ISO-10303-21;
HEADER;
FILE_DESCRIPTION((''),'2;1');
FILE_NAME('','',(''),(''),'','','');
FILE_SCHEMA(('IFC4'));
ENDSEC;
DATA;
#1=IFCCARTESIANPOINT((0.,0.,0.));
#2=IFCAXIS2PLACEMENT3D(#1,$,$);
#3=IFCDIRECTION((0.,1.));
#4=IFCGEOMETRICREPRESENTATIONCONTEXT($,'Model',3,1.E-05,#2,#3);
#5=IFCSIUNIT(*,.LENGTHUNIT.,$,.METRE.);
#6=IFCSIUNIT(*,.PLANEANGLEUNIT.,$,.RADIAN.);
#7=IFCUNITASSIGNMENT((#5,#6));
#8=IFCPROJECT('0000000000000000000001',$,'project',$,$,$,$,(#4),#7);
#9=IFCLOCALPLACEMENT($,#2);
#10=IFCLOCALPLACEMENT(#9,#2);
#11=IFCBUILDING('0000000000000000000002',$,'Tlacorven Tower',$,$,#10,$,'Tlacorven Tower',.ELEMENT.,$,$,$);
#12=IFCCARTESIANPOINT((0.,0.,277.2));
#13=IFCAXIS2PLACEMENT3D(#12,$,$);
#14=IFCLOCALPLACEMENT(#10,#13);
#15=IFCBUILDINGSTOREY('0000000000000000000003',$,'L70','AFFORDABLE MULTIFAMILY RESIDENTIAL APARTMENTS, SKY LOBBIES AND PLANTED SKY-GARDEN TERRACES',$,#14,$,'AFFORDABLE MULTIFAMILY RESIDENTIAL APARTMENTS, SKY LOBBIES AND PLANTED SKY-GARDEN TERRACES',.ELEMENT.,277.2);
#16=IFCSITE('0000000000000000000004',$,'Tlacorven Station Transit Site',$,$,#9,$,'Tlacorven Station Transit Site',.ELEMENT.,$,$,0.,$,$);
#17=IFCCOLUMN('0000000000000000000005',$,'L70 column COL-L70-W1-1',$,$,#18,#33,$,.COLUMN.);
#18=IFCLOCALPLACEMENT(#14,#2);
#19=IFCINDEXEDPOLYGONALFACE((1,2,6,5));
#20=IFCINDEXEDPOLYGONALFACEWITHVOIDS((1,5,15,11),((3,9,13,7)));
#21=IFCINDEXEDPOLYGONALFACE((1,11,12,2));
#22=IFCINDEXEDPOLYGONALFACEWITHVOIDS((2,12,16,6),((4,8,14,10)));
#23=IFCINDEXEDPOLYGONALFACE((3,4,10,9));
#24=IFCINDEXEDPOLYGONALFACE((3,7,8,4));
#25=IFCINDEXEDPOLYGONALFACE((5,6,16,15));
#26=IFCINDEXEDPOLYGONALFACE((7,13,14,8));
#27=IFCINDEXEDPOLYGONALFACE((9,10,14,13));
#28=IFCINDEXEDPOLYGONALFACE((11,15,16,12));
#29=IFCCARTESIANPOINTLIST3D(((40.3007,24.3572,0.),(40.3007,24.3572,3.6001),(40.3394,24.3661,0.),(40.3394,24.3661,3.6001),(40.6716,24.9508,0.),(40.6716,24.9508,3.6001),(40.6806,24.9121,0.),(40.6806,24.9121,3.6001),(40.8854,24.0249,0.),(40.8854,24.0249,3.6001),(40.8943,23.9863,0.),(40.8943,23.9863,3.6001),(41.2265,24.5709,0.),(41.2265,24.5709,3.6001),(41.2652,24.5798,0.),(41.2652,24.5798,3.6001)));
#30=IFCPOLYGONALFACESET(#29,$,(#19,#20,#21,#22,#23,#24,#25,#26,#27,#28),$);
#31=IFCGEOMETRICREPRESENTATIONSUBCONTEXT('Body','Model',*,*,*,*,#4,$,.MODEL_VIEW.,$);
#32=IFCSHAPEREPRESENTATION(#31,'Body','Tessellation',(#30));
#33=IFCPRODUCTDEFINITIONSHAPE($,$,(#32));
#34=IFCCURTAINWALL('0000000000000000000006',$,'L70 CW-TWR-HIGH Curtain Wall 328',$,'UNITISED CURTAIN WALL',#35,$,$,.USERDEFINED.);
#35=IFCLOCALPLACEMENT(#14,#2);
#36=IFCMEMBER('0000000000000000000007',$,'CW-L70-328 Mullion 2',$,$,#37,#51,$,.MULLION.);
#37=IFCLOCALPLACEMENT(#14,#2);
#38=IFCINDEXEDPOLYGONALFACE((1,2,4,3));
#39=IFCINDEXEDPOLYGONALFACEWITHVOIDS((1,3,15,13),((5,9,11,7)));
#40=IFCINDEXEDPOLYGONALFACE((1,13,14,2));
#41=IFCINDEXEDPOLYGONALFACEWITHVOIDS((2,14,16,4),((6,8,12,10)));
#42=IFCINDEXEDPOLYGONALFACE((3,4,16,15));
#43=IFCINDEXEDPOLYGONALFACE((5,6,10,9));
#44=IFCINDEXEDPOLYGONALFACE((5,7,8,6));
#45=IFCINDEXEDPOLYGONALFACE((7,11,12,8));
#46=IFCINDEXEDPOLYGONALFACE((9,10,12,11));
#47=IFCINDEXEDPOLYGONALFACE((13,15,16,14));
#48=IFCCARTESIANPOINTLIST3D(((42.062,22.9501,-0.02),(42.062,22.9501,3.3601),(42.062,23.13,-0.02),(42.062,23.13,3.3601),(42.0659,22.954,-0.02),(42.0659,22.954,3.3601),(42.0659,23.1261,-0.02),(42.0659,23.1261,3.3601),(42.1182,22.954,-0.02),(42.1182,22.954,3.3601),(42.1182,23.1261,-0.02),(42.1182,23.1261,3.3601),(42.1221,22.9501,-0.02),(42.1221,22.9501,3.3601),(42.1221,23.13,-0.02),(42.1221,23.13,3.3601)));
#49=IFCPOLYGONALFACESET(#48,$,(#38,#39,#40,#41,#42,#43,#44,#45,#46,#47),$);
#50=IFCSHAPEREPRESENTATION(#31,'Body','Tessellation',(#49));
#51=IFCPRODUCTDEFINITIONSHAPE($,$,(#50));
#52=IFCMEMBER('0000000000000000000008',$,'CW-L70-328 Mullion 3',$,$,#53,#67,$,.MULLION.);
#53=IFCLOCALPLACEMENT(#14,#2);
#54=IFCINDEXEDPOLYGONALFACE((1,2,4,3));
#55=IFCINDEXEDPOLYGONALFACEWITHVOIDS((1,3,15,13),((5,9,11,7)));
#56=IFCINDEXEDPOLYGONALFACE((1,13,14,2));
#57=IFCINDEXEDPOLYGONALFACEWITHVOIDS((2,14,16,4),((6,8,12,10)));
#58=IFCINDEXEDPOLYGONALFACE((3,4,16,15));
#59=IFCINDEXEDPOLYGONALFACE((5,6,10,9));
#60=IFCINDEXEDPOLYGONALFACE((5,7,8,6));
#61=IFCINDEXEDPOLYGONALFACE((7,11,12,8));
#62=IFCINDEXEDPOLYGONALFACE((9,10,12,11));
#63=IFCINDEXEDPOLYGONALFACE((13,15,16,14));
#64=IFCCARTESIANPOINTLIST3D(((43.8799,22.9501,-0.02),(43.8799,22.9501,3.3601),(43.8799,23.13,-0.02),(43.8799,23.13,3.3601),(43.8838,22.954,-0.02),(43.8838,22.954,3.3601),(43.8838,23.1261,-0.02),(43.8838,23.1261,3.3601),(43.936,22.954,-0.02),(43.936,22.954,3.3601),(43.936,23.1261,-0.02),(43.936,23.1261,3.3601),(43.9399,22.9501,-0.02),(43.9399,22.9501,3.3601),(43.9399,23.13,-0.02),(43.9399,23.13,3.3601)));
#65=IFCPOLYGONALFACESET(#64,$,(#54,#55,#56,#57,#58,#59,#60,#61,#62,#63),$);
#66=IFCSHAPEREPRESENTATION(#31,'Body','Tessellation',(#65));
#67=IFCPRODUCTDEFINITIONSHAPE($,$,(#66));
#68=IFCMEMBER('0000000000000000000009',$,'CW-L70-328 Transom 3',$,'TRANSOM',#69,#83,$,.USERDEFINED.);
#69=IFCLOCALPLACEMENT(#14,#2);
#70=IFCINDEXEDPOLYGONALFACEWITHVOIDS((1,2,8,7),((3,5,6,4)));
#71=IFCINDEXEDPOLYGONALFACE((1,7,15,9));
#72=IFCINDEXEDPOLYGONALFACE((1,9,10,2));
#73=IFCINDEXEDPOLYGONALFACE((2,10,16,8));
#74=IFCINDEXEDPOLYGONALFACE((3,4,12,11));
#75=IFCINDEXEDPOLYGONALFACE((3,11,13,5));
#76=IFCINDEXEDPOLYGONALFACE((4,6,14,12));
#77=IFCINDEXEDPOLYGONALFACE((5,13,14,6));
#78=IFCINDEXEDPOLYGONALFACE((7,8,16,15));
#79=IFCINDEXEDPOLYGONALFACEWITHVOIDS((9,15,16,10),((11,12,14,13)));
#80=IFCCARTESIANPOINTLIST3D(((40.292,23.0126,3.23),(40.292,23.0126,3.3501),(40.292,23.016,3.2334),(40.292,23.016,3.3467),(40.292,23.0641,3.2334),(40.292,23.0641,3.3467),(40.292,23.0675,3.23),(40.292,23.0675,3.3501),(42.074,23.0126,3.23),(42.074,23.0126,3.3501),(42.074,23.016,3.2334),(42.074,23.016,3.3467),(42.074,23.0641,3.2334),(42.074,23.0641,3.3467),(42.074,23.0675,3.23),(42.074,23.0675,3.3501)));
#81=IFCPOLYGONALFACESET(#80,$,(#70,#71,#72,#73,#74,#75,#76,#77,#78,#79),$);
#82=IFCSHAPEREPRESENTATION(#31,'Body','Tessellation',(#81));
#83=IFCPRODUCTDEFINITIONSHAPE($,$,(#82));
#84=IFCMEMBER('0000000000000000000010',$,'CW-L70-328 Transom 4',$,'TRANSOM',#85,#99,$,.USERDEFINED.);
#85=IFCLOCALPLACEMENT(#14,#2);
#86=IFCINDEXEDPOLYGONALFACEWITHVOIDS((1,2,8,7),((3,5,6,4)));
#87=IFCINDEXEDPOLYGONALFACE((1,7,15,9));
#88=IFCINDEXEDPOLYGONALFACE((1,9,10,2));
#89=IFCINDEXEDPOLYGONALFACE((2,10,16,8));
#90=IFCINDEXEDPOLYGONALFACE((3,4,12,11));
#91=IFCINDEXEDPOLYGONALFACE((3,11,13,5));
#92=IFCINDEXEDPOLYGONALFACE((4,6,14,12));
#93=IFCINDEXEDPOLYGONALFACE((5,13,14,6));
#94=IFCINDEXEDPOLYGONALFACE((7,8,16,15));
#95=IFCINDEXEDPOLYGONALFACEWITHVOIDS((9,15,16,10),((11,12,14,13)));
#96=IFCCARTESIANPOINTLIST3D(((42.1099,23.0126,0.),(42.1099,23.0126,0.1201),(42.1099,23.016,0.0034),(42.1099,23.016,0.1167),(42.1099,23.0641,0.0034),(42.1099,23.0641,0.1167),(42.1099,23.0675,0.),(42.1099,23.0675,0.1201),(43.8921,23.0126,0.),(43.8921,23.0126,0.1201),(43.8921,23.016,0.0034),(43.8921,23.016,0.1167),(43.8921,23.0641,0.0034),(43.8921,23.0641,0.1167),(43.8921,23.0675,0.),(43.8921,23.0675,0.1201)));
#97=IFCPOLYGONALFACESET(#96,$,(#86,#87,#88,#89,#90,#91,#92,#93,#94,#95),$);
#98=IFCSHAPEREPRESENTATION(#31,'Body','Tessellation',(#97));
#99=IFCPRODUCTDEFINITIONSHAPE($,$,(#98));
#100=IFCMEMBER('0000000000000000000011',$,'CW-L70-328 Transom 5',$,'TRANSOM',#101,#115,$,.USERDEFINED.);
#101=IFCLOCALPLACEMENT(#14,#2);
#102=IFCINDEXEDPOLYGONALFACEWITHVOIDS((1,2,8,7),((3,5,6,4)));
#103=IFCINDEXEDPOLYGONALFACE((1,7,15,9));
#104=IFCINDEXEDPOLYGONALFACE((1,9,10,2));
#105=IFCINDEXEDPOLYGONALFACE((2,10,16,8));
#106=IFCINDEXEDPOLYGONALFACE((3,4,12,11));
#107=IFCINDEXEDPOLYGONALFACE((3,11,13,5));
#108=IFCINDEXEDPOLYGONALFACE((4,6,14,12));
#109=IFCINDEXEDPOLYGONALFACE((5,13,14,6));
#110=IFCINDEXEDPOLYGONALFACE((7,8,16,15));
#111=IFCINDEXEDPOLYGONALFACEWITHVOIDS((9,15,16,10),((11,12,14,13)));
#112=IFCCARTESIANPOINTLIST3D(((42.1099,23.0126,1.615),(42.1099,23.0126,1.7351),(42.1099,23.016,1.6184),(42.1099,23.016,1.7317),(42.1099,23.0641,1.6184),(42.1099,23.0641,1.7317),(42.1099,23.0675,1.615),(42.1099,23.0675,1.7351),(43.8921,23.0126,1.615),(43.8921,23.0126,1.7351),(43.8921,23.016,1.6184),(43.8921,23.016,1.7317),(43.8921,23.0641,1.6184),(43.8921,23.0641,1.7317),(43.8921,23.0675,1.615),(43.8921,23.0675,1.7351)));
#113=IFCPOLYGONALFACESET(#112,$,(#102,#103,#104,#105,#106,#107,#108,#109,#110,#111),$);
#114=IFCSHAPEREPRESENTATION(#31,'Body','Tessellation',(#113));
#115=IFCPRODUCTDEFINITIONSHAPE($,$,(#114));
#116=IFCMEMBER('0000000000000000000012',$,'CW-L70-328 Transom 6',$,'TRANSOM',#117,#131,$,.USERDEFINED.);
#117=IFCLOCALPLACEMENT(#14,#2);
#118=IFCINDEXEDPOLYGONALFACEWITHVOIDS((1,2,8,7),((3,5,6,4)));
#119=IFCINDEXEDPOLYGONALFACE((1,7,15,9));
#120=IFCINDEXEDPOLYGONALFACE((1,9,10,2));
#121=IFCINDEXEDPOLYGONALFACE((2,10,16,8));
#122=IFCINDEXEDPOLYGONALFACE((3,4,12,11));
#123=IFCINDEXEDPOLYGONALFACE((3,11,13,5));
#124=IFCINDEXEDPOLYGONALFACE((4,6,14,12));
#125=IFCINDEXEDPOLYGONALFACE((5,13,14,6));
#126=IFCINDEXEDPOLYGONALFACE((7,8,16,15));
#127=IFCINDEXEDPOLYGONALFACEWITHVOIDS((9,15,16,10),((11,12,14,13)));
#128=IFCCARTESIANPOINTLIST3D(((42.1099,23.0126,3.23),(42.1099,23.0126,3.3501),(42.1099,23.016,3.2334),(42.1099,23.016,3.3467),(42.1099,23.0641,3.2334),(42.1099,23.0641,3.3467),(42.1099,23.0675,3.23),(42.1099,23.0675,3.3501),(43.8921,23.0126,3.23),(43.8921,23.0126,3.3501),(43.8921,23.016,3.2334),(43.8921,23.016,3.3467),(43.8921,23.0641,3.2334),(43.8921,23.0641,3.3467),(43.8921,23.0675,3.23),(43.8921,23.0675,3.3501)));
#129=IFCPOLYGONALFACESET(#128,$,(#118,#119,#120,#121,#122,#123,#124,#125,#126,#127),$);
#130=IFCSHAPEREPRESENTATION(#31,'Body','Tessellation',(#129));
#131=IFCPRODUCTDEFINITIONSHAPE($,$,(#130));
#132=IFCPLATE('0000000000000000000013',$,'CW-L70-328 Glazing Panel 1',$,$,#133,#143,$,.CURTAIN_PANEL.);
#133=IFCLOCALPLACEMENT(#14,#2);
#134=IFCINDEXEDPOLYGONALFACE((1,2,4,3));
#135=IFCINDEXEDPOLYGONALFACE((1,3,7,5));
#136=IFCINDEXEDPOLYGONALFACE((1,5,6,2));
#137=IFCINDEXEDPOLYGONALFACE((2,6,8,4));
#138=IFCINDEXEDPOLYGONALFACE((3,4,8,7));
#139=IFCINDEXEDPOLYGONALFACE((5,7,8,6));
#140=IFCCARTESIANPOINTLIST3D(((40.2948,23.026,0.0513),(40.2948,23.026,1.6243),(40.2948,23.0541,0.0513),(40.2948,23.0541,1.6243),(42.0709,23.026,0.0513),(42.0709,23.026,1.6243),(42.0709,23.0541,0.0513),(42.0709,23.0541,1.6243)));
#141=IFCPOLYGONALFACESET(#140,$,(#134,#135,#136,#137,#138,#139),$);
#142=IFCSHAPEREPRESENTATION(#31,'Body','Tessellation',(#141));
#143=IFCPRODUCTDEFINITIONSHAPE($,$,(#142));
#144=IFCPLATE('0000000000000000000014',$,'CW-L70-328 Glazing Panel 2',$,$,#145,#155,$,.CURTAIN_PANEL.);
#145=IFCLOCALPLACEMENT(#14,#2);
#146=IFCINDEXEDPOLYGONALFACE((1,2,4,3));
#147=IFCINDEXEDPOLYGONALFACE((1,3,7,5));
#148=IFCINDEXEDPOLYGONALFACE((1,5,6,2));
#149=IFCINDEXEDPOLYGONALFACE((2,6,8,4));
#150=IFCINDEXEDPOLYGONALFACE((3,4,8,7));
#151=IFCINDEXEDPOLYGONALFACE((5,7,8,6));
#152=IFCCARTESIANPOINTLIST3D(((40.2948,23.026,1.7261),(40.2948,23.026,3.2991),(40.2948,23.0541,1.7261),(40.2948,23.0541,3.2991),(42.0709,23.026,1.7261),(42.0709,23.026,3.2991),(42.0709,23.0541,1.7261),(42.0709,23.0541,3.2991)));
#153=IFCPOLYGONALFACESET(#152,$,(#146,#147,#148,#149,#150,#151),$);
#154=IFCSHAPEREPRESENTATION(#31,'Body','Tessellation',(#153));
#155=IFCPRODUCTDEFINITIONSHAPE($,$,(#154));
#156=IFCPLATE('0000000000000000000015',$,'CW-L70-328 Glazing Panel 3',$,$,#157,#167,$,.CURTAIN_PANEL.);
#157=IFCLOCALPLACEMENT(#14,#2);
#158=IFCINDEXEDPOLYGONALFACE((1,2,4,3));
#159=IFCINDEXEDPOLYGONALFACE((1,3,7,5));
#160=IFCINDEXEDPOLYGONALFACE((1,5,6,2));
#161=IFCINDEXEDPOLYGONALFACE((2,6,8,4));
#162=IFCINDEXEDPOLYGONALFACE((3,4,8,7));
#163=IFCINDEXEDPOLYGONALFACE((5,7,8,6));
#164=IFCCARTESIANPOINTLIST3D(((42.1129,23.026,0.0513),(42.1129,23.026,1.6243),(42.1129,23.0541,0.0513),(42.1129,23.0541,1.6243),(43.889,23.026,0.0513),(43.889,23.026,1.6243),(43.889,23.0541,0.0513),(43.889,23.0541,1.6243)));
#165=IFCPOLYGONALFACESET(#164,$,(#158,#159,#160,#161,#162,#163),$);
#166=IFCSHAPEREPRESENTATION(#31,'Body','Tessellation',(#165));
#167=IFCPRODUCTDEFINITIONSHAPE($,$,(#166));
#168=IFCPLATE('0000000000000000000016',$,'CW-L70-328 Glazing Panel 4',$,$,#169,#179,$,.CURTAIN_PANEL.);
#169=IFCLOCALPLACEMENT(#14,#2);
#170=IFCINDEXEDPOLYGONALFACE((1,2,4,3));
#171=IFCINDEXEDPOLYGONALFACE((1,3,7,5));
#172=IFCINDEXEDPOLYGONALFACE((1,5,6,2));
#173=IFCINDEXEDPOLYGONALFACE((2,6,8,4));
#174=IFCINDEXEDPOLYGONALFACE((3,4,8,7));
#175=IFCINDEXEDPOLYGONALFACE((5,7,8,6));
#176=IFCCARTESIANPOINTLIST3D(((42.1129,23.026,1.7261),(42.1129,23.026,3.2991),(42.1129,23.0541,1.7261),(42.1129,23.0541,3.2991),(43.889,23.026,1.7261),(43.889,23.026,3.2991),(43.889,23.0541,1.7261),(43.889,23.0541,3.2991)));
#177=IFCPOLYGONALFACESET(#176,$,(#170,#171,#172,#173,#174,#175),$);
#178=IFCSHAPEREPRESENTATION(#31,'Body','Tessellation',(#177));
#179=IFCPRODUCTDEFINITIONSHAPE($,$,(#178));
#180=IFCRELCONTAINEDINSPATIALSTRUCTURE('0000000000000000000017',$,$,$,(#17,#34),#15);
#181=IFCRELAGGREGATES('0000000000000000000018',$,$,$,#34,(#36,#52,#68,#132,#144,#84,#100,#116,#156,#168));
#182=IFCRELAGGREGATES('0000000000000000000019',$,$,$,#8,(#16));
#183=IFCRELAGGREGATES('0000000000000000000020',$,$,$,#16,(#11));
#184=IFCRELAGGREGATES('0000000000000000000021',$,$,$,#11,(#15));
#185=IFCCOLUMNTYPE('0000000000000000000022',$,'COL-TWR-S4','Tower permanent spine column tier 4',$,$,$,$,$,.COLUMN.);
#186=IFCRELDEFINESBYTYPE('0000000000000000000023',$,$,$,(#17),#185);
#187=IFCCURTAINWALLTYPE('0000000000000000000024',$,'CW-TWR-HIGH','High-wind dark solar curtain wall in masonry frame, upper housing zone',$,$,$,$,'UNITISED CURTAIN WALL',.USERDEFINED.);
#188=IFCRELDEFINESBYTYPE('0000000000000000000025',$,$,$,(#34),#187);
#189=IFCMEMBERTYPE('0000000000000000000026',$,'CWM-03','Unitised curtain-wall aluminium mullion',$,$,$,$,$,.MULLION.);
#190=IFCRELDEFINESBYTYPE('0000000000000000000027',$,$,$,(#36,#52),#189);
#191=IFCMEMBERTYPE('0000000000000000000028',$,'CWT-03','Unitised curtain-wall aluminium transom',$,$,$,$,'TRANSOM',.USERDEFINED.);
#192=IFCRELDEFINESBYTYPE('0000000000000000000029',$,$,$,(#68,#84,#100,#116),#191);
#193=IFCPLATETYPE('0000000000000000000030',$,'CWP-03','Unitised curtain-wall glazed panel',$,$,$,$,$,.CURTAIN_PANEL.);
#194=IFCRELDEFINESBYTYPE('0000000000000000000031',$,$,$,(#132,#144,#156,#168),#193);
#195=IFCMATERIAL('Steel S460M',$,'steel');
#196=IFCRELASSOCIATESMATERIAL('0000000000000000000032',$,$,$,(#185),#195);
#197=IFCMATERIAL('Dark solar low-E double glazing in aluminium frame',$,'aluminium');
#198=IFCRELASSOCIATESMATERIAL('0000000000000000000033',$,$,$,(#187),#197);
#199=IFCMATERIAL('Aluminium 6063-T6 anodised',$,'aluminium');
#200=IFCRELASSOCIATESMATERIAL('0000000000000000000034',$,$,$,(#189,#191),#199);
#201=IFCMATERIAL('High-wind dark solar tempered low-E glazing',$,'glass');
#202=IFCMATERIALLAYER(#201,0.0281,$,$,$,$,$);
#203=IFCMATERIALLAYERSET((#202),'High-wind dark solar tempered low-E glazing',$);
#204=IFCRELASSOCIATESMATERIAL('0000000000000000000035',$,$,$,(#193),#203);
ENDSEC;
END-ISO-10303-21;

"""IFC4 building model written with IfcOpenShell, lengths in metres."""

from ifc_helpers import new_model, si_unit, direction, frame, origin, origin_2d, place, context, subcontext, project, spatial, rectangle, hollow_rectangle, extrude, source, transform, mapped, material, layer, layer_set, material_profile, profile_set, type_object, element, aggregate, save


model = new_model("IFC4")

# Units and contexts
model_context = context("Model", 3, precision=1e-05, world=origin(), true_north=direction((0.0, 1.0)))
body_context = subcontext(model_context, "Body", "Model", "MODEL_VIEW")
ifc_project = project(units=[si_unit("LENGTHUNIT", "METRE"), si_unit("PLANEANGLEUNIT", "RADIAN")], contexts=[model_context])

# Site, building, storey
site_placement = place(None, origin())
site = spatial("IfcSite", under=ifc_project, at=site_placement, Name="Tlacorven Station Transit Site", LongName="Tlacorven Station Transit Site", CompositionType="ELEMENT", RefElevation=0.0)
building_placement = place(site_placement, origin())
building = spatial("IfcBuilding", under=site, at=building_placement, Name="Tlacorven Tower", LongName="Tlacorven Tower", CompositionType="ELEMENT")
storey_placement = place(building_placement, frame((0.0, 0.0, 277.2)))
storey = spatial("IfcBuildingStorey", under=building, at=storey_placement, Name="L70", Description="AFFORDABLE MULTIFAMILY RESIDENTIAL APARTMENTS, SKY LOBBIES AND PLANTED SKY-GARDEN TERRACES", LongName="AFFORDABLE MULTIFAMILY RESIDENTIAL APARTMENTS, SKY LOBBIES AND PLANTED SKY-GARDEN TERRACES", CompositionType="ELEMENT", Elevation=277.2)

# Column
ifc_material_1 = material(Name="Steel S460M", Category="steel")
ifc_material_profile_1 = material_profile(ifc_material_1, hollow_rectangle(XDim=0.7, YDim=0.7, WallThickness=0.0281, at=origin_2d()), Name="BOX 700X700X28")
ifc_profile_set_1 = profile_set([ifc_material_profile_1], Name="Steel S460M")
column_type = type_object("IfcColumnType", Name="COL-TWR-S4", Description="Tower permanent spine column tier 4", PredefinedType="COLUMN", material=ifc_profile_set_1)
shared_shape_1 = source(origin(), body_context, "Body", "SweptSolid", [
    extrude(hollow_rectangle(XDim=0.7, YDim=0.7, WallThickness=0.0281, at=origin_2d()), origin(), (0.0, 0.0, 1.0), 3.6001),
])
column_placement = place(storey_placement, frame((40.783, 24.4685, 0.0), z_axis=(0.0, 0.0, 1.0), x_axis=(-0.848048, 0.529919, 0.0)))
element("IfcColumn", 1, at=column_placement, inside=storey, type_object=column_type, Name="L70 column COL-L70-W1-1", PredefinedType="COLUMN", context=body_context, shape_type="MappedRepresentation", body=[
    mapped(shared_shape_1, transform((0.0, 0.0, 0.0), scale=1.0)),
])

# Curtain wall, members, plates
ifc_material_2 = material(Name="Dark solar low-E double glazing in aluminium frame", Category="aluminium")
curtain_wall_type = type_object("IfcCurtainWallType", Name="CW-TWR-HIGH", Description="High-wind dark solar curtain wall in masonry frame, upper housing zone", ElementType="UNITISED CURTAIN WALL", PredefinedType="USERDEFINED", material=ifc_material_2)
curtain_wall_placement = place(storey_placement, origin())
curtain_wall = element("IfcCurtainWall", 2, at=curtain_wall_placement, inside=storey, type_object=curtain_wall_type, Name="L70 CW-TWR-HIGH Curtain Wall 328", ObjectType="UNITISED CURTAIN WALL", PredefinedType="USERDEFINED")
ifc_material_3 = material(Name="Aluminium 6063-T6 anodised", Category="aluminium")
ifc_material_profile_2 = material_profile(ifc_material_3, hollow_rectangle(XDim=0.0601, YDim=0.1799, WallThickness=0.0039, at=origin_2d()), Name="ALU MULLION 60X180")
ifc_profile_set_2 = profile_set([ifc_material_profile_2], Name="Aluminium 6063-T6 anodised")
member_type_1 = type_object("IfcMemberType", Name="CWM-03", Description="Unitised curtain-wall aluminium mullion", PredefinedType="MULLION", material=ifc_profile_set_2)
shared_shape_2 = source(origin(), body_context, "Body", "SweptSolid", [
    extrude(hollow_rectangle(XDim=0.0601, YDim=0.1799, WallThickness=0.0039, at=origin_2d()), origin(), (0.0, 0.0, 1.0), 3.3801),
])
member_1_placement = place(storey_placement, frame((42.092, 23.04, -0.02), z_axis=(0.0, 0.0, 1.0), x_axis=(1.0, 0.0, 0.0)))
member_1 = element("IfcMember", 3, at=member_1_placement, type_object=member_type_1, Name="CW-L70-328 Mullion 2", PredefinedType="MULLION", context=body_context, shape_type="MappedRepresentation", body=[
    mapped(shared_shape_2, transform((0.0, 0.0, 0.0), scale=1.0)),
])
member_2_placement = place(storey_placement, frame((43.9099, 23.04, -0.02), z_axis=(0.0, 0.0, 1.0), x_axis=(1.0, 0.0, 0.0)))
member_2 = element("IfcMember", 4, at=member_2_placement, type_object=member_type_1, Name="CW-L70-328 Mullion 3", PredefinedType="MULLION", context=body_context, shape_type="MappedRepresentation", body=[
    mapped(shared_shape_2, transform((0.0, 0.0, 0.0), scale=1.0)),
])
ifc_material_profile_3 = material_profile(ifc_material_3, hollow_rectangle(XDim=0.0549, YDim=0.1201, WallThickness=0.0034, at=origin_2d()), Name="ALU TRANSOM 55X120")
ifc_profile_set_3 = profile_set([ifc_material_profile_3], Name="Aluminium 6063-T6 anodised")
member_type_2 = type_object("IfcMemberType", Name="CWT-03", Description="Unitised curtain-wall aluminium transom", ElementType="TRANSOM", PredefinedType="USERDEFINED", material=ifc_profile_set_3)
shared_shape_3 = source(origin(), body_context, "Body", "SweptSolid", [
    extrude(hollow_rectangle(XDim=0.0549, YDim=0.1201, WallThickness=0.0034, at=origin_2d()), origin(), (0.0, 0.0, 1.0), 1.782),
])
member_3_placement = place(storey_placement, frame((40.292, 23.04, 3.29), z_axis=(1.0, 0.0, 0.0), x_axis=(0.0, 1.0, 0.0)))
member_3 = element("IfcMember", 5, at=member_3_placement, type_object=member_type_2, Name="CW-L70-328 Transom 3", ObjectType="TRANSOM", PredefinedType="USERDEFINED", context=body_context, shape_type="MappedRepresentation", body=[
    mapped(shared_shape_3, transform((0.0, 0.0, 0.0), scale=1.0)),
])
shared_shape_4 = source(origin(), body_context, "Body", "SweptSolid", [
    extrude(hollow_rectangle(XDim=0.0549, YDim=0.1201, WallThickness=0.0034, at=origin_2d()), origin(), (0.0, 0.0, 1.0), 1.7822),
])
member_4_placement = place(storey_placement, frame((42.1099, 23.04, 0.0601), z_axis=(1.0, 0.0, 0.0), x_axis=(0.0, 1.0, 0.0)))
member_4 = element("IfcMember", 6, at=member_4_placement, type_object=member_type_2, Name="CW-L70-328 Transom 4", ObjectType="TRANSOM", PredefinedType="USERDEFINED", context=body_context, shape_type="MappedRepresentation", body=[
    mapped(shared_shape_4, transform((0.0, 0.0, 0.0), scale=1.0)),
])
member_5_placement = place(storey_placement, frame((42.1099, 23.04, 1.675), z_axis=(1.0, 0.0, 0.0), x_axis=(0.0, 1.0, 0.0)))
member_5 = element("IfcMember", 7, at=member_5_placement, type_object=member_type_2, Name="CW-L70-328 Transom 5", ObjectType="TRANSOM", PredefinedType="USERDEFINED", context=body_context, shape_type="MappedRepresentation", body=[
    mapped(shared_shape_4, transform((0.0, 0.0, 0.0), scale=1.0)),
])
member_6_placement = place(storey_placement, frame((42.1099, 23.04, 3.29), z_axis=(1.0, 0.0, 0.0), x_axis=(0.0, 1.0, 0.0)))
member_6 = element("IfcMember", 8, at=member_6_placement, type_object=member_type_2, Name="CW-L70-328 Transom 6", ObjectType="TRANSOM", PredefinedType="USERDEFINED", context=body_context, shape_type="MappedRepresentation", body=[
    mapped(shared_shape_4, transform((0.0, 0.0, 0.0), scale=1.0)),
])
ifc_material_4 = material(Name="High-wind dark solar tempered low-E glazing", Category="glass")
ifc_layer_1 = layer(ifc_material_4, 0.0281)
ifc_layer_set_1 = layer_set([ifc_layer_1], Name="High-wind dark solar tempered low-E glazing")
plate_type = type_object("IfcPlateType", Name="CWP-03", Description="Unitised curtain-wall glazed panel", PredefinedType="CURTAIN_PANEL", material=ifc_layer_set_1)
shared_shape_5 = source(origin(), body_context, "Body", "SweptSolid", [
    extrude(rectangle(XDim=1.7761, YDim=0.0281, at=origin_2d()), origin(), (0.0, 0.0, 1.0), 1.573),
])
plate_1_placement = place(storey_placement, frame((41.1829, 23.04, 0.0513), z_axis=(0.0, 0.0, 1.0), x_axis=(1.0, 0.0, 0.0)))
plate_1 = element("IfcPlate", 9, at=plate_1_placement, type_object=plate_type, Name="CW-L70-328 Glazing Panel 1", PredefinedType="CURTAIN_PANEL", context=body_context, shape_type="MappedRepresentation", body=[
    mapped(shared_shape_5, transform((0.0, 0.0, 0.0), scale=1.0)),
])
plate_2_placement = place(storey_placement, frame((41.1829, 23.04, 1.7261), z_axis=(0.0, 0.0, 1.0), x_axis=(1.0, 0.0, 0.0)))
plate_2 = element("IfcPlate", 10, at=plate_2_placement, type_object=plate_type, Name="CW-L70-328 Glazing Panel 2", PredefinedType="CURTAIN_PANEL", context=body_context, shape_type="MappedRepresentation", body=[
    mapped(shared_shape_5, transform((0.0, 0.0, 0.0), scale=1.0)),
])
plate_3_placement = place(storey_placement, frame((43.001, 23.04, 0.0513), z_axis=(0.0, 0.0, 1.0), x_axis=(1.0, 0.0, 0.0)))
plate_3 = element("IfcPlate", 11, at=plate_3_placement, type_object=plate_type, Name="CW-L70-328 Glazing Panel 3", PredefinedType="CURTAIN_PANEL", context=body_context, shape_type="MappedRepresentation", body=[
    mapped(shared_shape_5, transform((0.0, 0.0, 0.0), scale=1.0)),
])
plate_4_placement = place(storey_placement, frame((43.001, 23.04, 1.7261), z_axis=(0.0, 0.0, 1.0), x_axis=(1.0, 0.0, 0.0)))
plate_4 = element("IfcPlate", 12, at=plate_4_placement, type_object=plate_type, Name="CW-L70-328 Glazing Panel 4", PredefinedType="CURTAIN_PANEL", context=body_context, shape_type="MappedRepresentation", body=[
    mapped(shared_shape_5, transform((0.0, 0.0, 0.0), scale=1.0)),
])
aggregate(curtain_wall, [member_1, member_2, member_3, plate_1, plate_2, member_4, member_5, member_6, plate_3, plate_4])

save(model, "model.ifc")
